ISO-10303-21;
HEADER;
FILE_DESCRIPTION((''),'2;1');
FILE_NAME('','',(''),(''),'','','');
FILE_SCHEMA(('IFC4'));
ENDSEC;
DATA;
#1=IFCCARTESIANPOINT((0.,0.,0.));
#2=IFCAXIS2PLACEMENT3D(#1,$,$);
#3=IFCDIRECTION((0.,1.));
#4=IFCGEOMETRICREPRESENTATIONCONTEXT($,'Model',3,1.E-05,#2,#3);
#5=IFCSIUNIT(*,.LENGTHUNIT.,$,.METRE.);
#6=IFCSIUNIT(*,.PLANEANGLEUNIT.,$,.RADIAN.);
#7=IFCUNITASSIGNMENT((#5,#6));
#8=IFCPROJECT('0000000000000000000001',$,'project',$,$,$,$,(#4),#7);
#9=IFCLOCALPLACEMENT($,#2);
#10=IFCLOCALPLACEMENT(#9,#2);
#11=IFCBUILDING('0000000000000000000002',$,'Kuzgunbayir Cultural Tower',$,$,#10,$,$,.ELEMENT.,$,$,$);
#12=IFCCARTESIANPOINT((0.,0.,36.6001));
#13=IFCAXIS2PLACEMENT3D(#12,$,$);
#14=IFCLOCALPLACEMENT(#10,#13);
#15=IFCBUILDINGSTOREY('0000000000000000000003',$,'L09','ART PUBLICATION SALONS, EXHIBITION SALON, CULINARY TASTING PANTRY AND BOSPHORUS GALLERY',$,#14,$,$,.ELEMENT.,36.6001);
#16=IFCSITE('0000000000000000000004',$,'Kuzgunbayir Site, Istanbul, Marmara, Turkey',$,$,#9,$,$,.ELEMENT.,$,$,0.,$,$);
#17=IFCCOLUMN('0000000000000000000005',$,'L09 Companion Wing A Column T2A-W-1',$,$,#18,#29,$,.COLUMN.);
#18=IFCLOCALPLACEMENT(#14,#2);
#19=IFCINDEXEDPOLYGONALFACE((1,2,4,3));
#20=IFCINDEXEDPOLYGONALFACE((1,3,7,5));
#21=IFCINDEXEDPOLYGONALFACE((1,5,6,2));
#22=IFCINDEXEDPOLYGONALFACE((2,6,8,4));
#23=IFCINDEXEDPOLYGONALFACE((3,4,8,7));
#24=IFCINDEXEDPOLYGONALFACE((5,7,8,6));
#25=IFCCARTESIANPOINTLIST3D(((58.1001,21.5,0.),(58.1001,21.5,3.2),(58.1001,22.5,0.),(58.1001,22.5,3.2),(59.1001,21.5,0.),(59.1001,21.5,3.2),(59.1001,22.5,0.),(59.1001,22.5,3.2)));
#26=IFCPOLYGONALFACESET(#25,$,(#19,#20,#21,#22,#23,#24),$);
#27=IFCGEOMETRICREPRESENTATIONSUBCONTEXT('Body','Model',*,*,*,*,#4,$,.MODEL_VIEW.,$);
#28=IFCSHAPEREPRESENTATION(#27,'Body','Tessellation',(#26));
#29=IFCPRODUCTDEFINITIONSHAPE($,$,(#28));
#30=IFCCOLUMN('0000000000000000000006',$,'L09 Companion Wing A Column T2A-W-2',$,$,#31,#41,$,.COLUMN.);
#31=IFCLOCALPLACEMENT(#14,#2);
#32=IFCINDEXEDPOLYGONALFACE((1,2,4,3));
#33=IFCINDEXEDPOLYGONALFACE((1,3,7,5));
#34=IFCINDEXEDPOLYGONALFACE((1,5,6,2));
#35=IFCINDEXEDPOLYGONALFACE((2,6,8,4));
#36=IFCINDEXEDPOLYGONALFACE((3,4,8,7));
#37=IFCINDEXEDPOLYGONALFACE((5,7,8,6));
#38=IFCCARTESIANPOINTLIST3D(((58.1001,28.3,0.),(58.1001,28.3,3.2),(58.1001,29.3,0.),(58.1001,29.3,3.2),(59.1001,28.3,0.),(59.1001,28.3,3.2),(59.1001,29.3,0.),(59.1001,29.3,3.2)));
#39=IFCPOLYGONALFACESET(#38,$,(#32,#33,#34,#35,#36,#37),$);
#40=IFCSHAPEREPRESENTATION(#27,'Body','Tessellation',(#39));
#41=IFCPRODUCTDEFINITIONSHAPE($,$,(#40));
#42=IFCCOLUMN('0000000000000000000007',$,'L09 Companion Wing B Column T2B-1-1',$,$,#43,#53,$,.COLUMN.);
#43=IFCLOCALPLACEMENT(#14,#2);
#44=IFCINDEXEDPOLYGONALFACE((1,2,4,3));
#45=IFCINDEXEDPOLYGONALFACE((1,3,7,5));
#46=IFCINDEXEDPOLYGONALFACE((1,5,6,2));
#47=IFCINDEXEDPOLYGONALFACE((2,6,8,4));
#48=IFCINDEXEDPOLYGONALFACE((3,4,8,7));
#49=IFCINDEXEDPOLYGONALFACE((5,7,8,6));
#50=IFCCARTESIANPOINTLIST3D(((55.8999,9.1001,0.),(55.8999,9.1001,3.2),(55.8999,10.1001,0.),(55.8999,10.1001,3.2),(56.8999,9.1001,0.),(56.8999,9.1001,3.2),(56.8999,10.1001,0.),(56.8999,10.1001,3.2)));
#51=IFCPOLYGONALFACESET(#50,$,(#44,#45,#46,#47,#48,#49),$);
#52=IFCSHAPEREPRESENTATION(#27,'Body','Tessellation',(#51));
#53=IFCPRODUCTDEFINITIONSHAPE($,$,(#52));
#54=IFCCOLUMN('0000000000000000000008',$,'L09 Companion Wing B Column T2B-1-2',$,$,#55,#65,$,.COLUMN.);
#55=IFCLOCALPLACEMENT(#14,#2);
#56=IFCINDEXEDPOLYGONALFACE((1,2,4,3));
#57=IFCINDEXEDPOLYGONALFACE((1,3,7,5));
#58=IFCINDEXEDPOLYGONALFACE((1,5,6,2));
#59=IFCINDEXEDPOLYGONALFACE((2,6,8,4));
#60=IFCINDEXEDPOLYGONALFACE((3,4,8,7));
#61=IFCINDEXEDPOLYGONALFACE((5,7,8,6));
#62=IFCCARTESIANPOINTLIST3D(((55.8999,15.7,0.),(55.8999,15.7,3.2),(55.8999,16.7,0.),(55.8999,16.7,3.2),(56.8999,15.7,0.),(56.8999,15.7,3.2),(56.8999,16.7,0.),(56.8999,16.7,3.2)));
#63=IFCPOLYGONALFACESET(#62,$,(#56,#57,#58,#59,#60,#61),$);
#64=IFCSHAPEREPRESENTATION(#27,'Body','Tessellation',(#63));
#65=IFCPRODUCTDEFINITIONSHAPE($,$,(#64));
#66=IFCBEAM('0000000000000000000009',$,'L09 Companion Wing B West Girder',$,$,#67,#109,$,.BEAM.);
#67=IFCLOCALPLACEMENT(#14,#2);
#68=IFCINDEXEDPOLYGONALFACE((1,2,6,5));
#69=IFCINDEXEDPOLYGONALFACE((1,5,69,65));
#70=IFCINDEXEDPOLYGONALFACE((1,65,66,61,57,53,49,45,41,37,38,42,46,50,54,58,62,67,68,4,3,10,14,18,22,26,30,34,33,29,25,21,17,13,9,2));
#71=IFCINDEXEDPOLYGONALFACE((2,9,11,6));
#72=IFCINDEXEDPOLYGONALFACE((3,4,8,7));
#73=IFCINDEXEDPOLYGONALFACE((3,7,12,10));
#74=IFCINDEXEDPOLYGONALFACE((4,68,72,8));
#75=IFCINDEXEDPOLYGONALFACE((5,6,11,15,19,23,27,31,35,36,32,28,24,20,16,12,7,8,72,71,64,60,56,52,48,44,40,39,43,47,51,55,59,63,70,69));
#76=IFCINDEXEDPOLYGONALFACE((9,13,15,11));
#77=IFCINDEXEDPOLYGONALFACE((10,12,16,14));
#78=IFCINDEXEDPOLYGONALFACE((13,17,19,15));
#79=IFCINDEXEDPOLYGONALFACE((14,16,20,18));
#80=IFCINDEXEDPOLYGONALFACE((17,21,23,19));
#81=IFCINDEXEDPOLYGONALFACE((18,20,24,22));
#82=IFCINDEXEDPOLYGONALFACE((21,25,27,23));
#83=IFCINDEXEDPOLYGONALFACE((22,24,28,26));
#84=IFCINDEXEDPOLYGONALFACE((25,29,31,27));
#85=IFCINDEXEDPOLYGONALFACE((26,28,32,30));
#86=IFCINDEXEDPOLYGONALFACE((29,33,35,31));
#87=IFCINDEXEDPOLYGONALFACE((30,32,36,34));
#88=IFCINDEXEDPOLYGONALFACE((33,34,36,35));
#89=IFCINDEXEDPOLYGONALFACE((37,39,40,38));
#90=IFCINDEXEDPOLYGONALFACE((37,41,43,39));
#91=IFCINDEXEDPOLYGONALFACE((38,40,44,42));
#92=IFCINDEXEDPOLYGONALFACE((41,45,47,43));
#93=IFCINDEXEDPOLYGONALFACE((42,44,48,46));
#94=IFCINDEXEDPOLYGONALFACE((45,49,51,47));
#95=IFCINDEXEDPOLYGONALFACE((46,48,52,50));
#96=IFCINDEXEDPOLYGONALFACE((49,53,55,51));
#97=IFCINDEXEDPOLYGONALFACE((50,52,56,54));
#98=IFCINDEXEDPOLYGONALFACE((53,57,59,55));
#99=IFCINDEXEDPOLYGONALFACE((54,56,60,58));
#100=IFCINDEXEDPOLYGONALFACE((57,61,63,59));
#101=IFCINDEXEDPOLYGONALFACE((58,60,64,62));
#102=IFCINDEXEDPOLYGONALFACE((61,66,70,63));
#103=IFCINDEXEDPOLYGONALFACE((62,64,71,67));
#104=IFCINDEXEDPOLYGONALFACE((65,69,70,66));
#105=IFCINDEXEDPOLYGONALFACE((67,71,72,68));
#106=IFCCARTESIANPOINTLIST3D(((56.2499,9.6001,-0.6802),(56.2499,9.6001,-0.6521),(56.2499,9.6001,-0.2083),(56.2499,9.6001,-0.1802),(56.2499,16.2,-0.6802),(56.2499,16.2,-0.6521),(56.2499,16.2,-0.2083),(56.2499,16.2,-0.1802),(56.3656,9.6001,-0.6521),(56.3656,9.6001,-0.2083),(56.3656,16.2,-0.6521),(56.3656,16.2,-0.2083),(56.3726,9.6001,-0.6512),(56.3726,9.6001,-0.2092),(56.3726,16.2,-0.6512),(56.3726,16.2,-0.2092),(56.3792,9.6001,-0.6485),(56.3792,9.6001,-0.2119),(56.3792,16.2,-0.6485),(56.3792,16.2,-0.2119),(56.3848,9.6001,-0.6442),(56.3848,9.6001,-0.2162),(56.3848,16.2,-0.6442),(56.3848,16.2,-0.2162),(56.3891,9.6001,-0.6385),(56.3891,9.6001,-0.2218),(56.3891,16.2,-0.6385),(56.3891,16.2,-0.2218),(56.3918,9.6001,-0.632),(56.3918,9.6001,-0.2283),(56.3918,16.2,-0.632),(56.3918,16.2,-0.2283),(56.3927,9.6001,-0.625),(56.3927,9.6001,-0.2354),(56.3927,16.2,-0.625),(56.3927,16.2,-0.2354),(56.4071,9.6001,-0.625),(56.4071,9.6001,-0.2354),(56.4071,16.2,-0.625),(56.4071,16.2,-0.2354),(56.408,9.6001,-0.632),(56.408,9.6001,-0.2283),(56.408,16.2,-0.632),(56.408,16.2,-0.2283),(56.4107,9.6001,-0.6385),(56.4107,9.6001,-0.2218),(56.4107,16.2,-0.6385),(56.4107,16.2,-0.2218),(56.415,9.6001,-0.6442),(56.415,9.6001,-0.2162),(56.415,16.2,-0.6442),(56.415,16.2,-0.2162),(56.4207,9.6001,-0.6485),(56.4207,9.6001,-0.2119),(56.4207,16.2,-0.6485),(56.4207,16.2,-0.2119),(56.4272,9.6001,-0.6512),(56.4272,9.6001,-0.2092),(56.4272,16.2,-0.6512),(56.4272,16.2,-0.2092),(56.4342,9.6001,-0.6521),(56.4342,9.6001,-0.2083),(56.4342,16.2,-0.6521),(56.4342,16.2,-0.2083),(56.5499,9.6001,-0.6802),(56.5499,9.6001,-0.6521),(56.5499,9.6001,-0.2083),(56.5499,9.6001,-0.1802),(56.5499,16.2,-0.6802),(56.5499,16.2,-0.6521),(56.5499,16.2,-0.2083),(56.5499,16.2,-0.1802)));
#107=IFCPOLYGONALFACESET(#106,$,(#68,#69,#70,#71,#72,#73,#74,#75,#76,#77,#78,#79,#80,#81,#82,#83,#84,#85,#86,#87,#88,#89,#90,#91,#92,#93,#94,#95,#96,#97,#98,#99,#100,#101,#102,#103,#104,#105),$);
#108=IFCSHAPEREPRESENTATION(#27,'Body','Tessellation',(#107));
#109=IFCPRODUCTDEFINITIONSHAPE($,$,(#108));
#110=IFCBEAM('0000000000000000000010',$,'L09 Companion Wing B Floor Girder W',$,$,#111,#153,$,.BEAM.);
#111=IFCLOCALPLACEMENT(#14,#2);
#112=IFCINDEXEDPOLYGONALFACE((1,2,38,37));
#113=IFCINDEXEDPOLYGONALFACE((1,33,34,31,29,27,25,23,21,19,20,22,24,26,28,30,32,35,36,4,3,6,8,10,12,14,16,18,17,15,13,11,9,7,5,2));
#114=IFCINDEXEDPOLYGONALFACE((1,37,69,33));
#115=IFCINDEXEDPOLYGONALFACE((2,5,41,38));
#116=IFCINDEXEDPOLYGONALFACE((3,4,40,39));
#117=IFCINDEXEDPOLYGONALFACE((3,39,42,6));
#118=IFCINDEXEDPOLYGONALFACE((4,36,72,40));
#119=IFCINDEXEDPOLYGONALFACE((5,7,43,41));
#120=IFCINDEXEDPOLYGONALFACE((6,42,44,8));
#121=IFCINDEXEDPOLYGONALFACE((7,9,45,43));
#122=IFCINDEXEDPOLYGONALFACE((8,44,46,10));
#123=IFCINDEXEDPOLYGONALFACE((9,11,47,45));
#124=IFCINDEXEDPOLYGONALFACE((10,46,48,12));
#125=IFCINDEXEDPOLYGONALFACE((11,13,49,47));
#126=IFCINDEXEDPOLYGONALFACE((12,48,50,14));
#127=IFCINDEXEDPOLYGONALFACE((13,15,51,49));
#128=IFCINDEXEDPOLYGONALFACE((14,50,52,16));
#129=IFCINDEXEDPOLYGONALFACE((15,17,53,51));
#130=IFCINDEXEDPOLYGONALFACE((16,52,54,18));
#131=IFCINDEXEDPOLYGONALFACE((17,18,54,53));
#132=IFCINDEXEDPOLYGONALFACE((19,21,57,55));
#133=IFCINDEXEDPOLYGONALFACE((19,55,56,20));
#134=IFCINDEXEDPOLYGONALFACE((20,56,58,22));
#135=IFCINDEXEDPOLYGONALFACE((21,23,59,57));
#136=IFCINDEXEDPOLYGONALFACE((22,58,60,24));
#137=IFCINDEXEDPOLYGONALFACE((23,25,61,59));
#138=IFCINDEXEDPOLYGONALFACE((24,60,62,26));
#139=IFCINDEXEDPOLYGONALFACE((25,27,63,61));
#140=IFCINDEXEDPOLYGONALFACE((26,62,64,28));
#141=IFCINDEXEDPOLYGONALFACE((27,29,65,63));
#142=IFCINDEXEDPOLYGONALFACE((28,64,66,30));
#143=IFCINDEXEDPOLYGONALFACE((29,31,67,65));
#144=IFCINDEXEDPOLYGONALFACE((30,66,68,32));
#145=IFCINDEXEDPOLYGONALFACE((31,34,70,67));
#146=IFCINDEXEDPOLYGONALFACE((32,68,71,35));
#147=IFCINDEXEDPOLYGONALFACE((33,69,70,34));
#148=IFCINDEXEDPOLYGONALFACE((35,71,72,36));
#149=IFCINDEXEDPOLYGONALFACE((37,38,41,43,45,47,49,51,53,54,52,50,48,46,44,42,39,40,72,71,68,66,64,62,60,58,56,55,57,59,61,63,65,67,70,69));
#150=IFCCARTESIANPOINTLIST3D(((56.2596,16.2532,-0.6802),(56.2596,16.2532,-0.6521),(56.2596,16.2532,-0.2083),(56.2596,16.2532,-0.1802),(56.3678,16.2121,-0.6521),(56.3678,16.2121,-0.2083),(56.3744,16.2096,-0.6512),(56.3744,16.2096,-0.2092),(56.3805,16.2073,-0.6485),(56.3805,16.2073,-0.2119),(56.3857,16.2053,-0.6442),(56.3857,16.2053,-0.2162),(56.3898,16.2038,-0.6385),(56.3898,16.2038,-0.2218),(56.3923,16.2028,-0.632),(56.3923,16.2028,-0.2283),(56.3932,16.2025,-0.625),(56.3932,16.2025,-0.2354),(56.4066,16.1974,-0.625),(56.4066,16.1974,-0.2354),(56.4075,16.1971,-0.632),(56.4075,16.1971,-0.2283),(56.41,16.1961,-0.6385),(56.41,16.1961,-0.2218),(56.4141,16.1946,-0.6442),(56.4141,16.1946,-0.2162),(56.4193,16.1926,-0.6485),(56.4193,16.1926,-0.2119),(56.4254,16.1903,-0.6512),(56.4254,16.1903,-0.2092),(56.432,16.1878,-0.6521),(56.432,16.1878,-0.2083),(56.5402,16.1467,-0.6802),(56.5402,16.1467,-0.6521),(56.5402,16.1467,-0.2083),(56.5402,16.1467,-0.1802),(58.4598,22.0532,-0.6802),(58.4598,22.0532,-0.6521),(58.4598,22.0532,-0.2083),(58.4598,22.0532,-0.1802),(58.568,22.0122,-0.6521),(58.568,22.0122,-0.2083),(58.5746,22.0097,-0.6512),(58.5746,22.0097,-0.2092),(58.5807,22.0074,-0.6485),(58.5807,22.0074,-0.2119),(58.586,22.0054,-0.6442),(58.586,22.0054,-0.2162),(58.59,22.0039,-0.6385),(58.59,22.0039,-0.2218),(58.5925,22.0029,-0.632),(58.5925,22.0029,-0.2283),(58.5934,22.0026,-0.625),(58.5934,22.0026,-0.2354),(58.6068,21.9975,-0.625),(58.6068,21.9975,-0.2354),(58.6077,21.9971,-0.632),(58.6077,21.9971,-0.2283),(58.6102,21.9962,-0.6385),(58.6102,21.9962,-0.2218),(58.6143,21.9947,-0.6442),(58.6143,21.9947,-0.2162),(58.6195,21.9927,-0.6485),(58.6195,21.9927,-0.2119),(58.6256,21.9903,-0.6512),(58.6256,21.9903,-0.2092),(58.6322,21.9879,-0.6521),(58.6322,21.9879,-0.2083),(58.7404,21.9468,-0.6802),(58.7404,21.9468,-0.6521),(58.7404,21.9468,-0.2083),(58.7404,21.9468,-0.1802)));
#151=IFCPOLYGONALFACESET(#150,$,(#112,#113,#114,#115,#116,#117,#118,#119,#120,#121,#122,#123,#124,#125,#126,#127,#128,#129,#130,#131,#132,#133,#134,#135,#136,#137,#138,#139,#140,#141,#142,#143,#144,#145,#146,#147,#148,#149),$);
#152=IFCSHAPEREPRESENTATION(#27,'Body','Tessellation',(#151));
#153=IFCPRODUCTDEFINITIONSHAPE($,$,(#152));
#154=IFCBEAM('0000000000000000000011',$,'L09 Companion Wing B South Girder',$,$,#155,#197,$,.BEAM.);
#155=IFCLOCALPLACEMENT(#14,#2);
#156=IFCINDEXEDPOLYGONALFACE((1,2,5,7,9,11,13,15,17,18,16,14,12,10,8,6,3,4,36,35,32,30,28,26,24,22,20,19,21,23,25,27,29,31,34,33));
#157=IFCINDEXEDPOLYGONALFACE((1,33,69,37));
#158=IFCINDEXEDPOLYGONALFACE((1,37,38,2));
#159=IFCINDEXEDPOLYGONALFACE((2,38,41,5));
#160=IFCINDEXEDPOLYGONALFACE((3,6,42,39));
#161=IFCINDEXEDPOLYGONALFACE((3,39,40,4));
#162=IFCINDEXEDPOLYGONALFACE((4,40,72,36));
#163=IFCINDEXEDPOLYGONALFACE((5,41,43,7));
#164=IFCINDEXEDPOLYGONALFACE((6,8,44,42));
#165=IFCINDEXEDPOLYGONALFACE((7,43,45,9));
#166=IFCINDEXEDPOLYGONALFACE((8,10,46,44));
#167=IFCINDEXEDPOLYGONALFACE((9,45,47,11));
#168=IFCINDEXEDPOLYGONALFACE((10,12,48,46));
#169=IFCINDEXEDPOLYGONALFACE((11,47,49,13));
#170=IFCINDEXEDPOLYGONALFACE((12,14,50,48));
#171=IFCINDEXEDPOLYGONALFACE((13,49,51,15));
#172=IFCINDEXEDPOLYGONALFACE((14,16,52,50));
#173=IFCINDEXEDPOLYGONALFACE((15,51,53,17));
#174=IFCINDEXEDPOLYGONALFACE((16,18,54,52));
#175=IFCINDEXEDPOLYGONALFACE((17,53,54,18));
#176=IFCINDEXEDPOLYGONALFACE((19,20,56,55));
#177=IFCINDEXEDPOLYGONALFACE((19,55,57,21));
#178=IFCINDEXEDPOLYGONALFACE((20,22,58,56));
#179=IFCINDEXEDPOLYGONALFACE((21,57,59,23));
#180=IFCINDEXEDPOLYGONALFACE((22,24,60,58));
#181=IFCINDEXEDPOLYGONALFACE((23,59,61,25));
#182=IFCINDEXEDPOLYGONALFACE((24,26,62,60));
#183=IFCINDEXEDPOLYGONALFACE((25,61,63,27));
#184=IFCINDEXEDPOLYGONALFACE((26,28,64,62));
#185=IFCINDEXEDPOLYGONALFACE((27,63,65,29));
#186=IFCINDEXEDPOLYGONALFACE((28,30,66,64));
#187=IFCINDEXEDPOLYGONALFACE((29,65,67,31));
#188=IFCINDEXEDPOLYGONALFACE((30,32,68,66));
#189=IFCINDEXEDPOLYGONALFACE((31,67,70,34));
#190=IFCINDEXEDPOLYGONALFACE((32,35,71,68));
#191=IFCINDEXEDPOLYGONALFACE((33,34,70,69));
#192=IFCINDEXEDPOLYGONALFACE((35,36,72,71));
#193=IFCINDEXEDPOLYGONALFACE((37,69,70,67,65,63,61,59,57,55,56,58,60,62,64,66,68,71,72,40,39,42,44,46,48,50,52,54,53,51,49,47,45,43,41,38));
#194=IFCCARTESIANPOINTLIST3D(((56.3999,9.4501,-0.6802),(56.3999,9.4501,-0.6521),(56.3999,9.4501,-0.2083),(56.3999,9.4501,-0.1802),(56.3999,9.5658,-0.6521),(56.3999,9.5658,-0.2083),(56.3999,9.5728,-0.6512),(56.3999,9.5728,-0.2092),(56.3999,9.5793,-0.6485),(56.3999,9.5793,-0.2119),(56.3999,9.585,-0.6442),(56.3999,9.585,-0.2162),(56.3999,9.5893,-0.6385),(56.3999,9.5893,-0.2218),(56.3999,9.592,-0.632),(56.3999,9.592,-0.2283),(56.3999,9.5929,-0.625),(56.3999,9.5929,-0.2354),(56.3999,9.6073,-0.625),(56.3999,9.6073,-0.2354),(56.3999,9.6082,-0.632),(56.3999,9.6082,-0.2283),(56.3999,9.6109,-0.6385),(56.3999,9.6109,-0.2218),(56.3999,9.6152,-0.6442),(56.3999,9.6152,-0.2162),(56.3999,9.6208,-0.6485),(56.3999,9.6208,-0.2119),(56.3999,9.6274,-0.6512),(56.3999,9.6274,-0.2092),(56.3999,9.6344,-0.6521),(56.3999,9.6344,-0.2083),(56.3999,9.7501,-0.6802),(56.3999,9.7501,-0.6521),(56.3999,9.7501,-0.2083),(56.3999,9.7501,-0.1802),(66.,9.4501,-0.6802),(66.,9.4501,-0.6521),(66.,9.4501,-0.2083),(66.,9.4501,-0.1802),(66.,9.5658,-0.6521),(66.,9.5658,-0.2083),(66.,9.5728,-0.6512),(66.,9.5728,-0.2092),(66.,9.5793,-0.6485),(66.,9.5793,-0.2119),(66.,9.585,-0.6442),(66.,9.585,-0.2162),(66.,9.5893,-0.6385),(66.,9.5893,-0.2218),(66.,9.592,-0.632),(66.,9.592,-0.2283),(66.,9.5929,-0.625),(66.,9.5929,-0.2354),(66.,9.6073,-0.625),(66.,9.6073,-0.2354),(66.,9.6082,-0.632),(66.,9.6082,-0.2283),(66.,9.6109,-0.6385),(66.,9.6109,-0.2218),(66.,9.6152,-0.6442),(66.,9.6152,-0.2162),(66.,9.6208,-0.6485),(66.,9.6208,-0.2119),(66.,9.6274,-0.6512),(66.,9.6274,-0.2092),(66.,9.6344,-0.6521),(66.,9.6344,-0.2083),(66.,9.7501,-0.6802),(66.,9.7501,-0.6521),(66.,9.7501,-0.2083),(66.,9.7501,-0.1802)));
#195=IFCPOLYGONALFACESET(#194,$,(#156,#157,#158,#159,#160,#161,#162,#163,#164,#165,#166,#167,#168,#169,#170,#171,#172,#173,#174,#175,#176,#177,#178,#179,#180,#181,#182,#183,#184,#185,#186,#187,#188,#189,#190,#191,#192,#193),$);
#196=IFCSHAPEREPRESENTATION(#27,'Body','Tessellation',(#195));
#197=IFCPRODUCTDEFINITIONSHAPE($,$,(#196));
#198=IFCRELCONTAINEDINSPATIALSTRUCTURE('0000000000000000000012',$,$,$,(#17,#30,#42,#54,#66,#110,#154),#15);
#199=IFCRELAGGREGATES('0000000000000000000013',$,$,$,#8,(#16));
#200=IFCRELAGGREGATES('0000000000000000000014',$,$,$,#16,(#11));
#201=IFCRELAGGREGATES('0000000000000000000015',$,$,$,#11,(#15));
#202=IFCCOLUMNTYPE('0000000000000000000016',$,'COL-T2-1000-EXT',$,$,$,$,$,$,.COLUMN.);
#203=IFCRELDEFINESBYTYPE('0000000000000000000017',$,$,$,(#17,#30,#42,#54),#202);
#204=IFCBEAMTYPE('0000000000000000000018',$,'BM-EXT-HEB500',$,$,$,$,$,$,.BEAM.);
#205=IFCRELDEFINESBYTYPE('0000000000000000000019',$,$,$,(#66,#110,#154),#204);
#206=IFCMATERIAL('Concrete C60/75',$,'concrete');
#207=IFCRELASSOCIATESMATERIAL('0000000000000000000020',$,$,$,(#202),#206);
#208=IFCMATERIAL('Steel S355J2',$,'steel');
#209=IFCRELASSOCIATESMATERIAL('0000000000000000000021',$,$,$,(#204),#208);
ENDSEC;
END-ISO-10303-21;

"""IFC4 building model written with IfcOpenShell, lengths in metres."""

from ifc_helpers import new_model, si_unit, direction, frame, origin, origin_2d, place, context, subcontext, project, spatial, rectangle, i_section, extrude, material, material_profile, profile_set, type_object, element, save


model = new_model("IFC4")

# Units and contexts
model_context = context("Model", 3, precision=1e-05, world=origin(), true_north=direction((0.0, 1.0)))
body_context = subcontext(model_context, "Body", "Model", "MODEL_VIEW")
ifc_project = project(units=[si_unit("LENGTHUNIT", "METRE"), si_unit("PLANEANGLEUNIT", "RADIAN")], contexts=[model_context])

# Site, building, storey
site_placement = place(None, origin())
site = spatial("IfcSite", under=ifc_project, at=site_placement, Name="Kuzgunbayir Site, Istanbul, Marmara, Turkey", CompositionType="ELEMENT", RefElevation=0.0)
building_placement = place(site_placement, origin())
building = spatial("IfcBuilding", under=site, at=building_placement, Name="Kuzgunbayir Cultural Tower", CompositionType="ELEMENT")
storey_placement = place(building_placement, frame((0.0, 0.0, 36.6001)))
storey = spatial("IfcBuildingStorey", under=building, at=storey_placement, Name="L09", Description="ART PUBLICATION SALONS, EXHIBITION SALON, CULINARY TASTING PANTRY AND BOSPHORUS GALLERY", CompositionType="ELEMENT", Elevation=36.6001)

# Columns
ifc_material_1 = material(Name="Concrete C60/75", Category="concrete")
ifc_material_profile_1 = material_profile(ifc_material_1, rectangle(XDim=1.0, YDim=1.0, at=origin_2d()), Name="RC 1000x1000")
ifc_profile_set_1 = profile_set([ifc_material_profile_1], Name="Concrete C60/75")
column_type = type_object("IfcColumnType", Name="COL-T2-1000-EXT", PredefinedType="COLUMN", material=ifc_profile_set_1)
for number, where, z_axis, x_axis, name in (
    (1, (58.6001, 22.0, 0.0), (0.0, 0.0, 1.0), (1.0, 0.0, 0.0), "L09 Companion Wing A Column T2A-W-1"),
    (2, (58.6001, 28.8, 0.0), (0.0, 0.0, 1.0), (1.0, 0.0, 0.0), "L09 Companion Wing A Column T2A-W-2"),
    (3, (56.3999, 9.6001, 0.0), (0.0, 0.0, 1.0), (1.0, 0.0, 0.0), "L09 Companion Wing B Column T2B-1-1"),
    (4, (56.3999, 16.2, 0.0), (0.0, 0.0, 1.0), (1.0, 0.0, 0.0), "L09 Companion Wing B Column T2B-1-2"),
):
    element("IfcColumn", number, at=place(storey_placement, frame(where, z_axis=z_axis, x_axis=x_axis)), inside=storey, type_object=column_type, Name=name, PredefinedType="COLUMN", context=body_context, shape_type="SweptSolid", body=[
        extrude(rectangle(XDim=1.0, YDim=1.0, at=origin_2d()), origin(), (0.0, 0.0, 1.0), 3.2),
    ])

# Beams
ifc_material_2 = material(Name="Steel S355J2", Category="steel")
ifc_material_profile_2 = material_profile(ifc_material_2, i_section(OverallWidth=0.3, OverallDepth=0.5, WebThickness=0.0144, FlangeThickness=0.0281, FilletRadius=0.0271, at=origin_2d()), Name="HEB 500")
ifc_profile_set_2 = profile_set([ifc_material_profile_2], Name="Steel S355J2")
beam_type_1 = type_object("IfcBeamType", Name="BM-EXT-HEB500", PredefinedType="BEAM", material=ifc_profile_set_2)
beam_1_placement = place(storey_placement, frame((56.3999, 9.6001, -0.4302), z_axis=(0.0, 1.0, 0.0), x_axis=(-1.0, 0.0, 0.0)))
element("IfcBeam", 5, at=beam_1_placement, inside=storey, type_object=beam_type_1, Name="L09 Companion Wing B West Girder", PredefinedType="BEAM", context=body_context, shape_type="SweptSolid", body=[
    extrude(i_section(OverallWidth=0.3, OverallDepth=0.5, WebThickness=0.0144, FlangeThickness=0.0281, FilletRadius=0.0271, at=origin_2d()), origin(), (0.0, 0.0, 1.0), 6.5999),
])
beam_2_placement = place(storey_placement, frame((56.3999, 16.2, -0.4302), z_axis=(0.354679, 0.934988, 0.0), x_axis=(-0.934988, 0.354679, 0.0)))
element("IfcBeam", 6, at=beam_2_placement, inside=storey, type_object=beam_type_1, Name="L09 Companion Wing B Floor Girder W", PredefinedType="BEAM", context=body_context, shape_type="SweptSolid", body=[
    extrude(i_section(OverallWidth=0.3, OverallDepth=0.5, WebThickness=0.0144, FlangeThickness=0.0281, FilletRadius=0.0271, at=origin_2d()), origin(), (0.0, 0.0, 1.0), 6.2034),
])
beam_3_placement = place(storey_placement, frame((56.3999, 9.6001, -0.4302), z_axis=(1.0, 0.0, 0.0), x_axis=(0.0, 1.0, 0.0)))
element("IfcBeam", 7, at=beam_3_placement, inside=storey, type_object=beam_type_1, Name="L09 Companion Wing B South Girder", PredefinedType="BEAM", context=body_context, shape_type="SweptSolid", body=[
    extrude(i_section(OverallWidth=0.3, OverallDepth=0.5, WebThickness=0.0144, FlangeThickness=0.0281, FilletRadius=0.0271, at=origin_2d()), origin(), (0.0, 0.0, 1.0), 9.6001),
])

save(model, "model.ifc")
